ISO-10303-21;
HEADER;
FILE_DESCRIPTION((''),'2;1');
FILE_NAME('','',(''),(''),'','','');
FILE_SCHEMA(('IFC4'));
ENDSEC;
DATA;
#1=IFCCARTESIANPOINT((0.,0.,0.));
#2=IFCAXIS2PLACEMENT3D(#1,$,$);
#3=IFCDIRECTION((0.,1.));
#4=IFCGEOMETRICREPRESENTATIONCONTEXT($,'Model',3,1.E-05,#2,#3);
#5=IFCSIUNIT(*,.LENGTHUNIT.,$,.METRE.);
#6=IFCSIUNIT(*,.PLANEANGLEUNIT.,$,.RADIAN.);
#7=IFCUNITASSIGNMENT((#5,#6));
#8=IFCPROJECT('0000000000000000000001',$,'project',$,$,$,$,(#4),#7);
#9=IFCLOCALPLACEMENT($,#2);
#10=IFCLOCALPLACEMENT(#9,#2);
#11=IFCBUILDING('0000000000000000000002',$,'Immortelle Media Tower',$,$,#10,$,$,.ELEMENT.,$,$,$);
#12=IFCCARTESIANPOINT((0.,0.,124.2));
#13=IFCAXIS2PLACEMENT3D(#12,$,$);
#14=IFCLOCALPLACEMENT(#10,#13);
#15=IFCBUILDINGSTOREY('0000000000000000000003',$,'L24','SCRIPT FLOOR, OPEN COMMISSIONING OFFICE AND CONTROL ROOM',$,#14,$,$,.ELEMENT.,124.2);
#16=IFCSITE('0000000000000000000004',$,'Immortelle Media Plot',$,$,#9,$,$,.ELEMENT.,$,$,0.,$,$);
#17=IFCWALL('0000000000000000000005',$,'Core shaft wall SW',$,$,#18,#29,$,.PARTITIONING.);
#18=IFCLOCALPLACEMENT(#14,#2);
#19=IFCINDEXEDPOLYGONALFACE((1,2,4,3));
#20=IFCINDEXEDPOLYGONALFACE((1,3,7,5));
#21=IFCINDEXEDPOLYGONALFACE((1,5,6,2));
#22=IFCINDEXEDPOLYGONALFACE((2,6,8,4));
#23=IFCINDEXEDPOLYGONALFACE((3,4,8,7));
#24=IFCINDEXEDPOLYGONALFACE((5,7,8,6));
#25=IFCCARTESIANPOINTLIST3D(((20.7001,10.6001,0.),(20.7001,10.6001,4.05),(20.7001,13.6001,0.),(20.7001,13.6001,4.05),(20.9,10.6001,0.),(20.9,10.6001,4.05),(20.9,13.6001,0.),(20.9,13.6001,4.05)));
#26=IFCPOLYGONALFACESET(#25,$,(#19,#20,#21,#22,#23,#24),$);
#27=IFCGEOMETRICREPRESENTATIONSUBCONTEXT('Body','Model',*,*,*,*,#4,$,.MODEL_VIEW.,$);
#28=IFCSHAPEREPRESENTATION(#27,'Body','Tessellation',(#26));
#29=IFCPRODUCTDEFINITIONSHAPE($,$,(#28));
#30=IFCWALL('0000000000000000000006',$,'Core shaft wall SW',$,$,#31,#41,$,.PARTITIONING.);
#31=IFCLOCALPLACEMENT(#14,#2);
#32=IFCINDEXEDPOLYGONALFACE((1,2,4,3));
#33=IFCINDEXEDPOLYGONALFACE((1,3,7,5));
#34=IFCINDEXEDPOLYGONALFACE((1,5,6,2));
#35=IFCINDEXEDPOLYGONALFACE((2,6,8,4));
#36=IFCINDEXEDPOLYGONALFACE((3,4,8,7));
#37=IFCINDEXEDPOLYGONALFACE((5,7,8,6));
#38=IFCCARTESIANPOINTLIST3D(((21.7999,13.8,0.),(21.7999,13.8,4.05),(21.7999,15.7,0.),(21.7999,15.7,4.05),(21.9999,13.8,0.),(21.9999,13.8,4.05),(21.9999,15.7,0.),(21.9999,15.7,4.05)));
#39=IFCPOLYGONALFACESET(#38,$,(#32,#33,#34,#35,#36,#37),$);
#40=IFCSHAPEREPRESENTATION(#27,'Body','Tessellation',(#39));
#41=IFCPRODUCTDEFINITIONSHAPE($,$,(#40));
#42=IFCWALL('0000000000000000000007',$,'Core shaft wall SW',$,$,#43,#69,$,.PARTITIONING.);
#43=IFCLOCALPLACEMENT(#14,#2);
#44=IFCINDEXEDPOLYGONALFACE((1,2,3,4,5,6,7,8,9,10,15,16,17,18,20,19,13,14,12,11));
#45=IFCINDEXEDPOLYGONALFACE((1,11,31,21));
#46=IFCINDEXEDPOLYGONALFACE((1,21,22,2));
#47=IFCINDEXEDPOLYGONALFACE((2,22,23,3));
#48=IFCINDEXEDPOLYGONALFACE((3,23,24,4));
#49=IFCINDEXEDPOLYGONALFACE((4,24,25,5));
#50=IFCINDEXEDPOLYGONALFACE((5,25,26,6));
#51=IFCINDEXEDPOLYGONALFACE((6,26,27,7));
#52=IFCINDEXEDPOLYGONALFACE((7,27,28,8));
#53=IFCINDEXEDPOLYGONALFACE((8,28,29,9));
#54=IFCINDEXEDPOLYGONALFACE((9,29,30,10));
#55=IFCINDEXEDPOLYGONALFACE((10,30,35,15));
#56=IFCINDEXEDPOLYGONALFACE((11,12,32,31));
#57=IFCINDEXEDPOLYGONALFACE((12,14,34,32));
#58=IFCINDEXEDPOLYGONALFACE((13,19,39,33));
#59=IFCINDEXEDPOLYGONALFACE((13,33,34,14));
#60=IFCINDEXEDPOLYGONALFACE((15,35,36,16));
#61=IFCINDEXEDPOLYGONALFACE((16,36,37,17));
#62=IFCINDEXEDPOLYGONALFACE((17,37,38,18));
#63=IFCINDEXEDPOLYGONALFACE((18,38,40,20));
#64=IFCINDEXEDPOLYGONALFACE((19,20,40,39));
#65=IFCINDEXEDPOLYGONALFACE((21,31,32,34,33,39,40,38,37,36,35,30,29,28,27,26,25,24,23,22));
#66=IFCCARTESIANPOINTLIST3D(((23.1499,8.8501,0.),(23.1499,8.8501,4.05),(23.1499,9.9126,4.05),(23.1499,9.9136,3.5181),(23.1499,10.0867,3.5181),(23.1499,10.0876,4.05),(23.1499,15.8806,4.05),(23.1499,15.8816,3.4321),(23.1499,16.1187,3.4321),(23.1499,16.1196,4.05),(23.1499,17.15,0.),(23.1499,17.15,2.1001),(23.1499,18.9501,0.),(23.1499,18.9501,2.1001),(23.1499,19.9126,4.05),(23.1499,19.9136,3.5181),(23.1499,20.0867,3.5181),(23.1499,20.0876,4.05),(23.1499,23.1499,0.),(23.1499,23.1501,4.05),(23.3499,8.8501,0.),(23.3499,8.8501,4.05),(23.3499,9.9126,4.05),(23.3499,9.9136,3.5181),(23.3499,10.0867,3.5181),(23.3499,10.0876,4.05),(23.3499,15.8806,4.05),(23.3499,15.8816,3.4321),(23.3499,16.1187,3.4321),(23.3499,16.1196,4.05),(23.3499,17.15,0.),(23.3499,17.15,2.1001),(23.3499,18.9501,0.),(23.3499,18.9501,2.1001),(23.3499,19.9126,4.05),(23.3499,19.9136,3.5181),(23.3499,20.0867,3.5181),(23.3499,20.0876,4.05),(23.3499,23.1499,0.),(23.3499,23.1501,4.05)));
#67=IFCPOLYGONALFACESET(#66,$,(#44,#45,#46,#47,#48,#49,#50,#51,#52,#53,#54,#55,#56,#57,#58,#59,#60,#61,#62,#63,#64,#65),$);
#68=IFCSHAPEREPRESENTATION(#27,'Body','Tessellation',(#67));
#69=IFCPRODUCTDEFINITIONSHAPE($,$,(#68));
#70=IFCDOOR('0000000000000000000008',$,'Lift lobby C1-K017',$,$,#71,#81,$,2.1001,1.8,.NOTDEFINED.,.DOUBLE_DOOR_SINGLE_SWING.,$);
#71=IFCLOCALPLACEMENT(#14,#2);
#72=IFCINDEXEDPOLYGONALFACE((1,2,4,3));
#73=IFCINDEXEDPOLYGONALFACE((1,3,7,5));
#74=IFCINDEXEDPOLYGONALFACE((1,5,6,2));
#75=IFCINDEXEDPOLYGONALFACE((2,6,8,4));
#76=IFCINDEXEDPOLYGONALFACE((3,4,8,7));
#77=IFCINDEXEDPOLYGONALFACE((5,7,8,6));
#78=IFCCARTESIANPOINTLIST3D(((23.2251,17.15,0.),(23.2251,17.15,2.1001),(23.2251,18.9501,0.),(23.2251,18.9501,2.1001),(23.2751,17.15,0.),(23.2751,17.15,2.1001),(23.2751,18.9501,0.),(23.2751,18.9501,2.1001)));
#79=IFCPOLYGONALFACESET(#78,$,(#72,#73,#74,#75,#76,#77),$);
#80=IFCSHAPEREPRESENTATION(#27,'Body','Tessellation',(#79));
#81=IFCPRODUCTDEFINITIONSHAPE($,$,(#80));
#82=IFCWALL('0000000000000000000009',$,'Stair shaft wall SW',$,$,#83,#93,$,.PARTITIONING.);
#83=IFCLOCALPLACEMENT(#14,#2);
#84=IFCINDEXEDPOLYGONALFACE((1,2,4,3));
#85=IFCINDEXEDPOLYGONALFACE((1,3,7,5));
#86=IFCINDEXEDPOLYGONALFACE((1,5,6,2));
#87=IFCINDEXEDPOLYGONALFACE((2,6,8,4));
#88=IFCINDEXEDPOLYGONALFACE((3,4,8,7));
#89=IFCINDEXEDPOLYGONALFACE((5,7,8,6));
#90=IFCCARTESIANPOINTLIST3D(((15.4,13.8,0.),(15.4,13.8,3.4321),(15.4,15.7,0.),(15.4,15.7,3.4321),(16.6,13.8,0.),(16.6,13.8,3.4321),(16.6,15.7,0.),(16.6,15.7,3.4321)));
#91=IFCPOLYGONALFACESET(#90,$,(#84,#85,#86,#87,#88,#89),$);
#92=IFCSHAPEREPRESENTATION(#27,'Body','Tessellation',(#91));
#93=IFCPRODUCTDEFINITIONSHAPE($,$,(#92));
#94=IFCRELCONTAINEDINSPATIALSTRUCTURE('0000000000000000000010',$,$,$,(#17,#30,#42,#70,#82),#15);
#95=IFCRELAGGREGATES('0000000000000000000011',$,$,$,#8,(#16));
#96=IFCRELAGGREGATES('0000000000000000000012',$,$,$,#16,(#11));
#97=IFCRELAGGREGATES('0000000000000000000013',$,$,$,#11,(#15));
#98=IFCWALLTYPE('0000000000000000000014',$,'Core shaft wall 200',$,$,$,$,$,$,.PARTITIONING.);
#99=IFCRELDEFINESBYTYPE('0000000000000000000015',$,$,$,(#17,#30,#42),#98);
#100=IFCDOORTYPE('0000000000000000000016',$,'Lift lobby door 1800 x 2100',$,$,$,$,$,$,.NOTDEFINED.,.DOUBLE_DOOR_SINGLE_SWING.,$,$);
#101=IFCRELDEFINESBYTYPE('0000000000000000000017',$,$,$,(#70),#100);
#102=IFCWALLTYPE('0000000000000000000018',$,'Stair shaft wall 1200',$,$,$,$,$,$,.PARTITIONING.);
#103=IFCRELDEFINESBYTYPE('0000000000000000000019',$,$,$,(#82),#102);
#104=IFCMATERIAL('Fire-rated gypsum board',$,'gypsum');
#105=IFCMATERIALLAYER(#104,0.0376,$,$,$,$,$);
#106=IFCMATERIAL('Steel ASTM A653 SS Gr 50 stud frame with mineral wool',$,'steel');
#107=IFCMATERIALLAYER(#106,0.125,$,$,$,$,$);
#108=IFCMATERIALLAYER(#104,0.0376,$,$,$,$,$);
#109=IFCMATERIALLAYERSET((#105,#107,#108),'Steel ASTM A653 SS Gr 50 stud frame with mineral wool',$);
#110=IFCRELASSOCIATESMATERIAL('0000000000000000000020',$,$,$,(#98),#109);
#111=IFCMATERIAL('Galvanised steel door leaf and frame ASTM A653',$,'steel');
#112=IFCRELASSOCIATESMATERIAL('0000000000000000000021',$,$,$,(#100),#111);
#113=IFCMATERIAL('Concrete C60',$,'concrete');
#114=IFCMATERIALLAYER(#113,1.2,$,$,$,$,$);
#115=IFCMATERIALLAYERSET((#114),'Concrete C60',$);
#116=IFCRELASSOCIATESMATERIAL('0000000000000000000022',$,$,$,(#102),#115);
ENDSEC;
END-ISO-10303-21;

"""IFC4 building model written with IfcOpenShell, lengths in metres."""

from ifc_helpers import new_model, si_unit, direction, frame, frame_2d, origin, place, context, subcontext, project, spatial, polyline, rectangle, outline, extrude, material, layer, layer_set, type_object, element, fill, save


model = new_model("IFC4")

# Units and contexts
model_context = context("Model", 3, precision=1e-05, world=origin(), true_north=direction((0.0, 1.0)))
body_context = subcontext(model_context, "Body", "Model", "MODEL_VIEW")
ifc_project = project(units=[si_unit("LENGTHUNIT", "METRE"), si_unit("PLANEANGLEUNIT", "RADIAN")], contexts=[model_context])

# Site, building, storey
site_placement = place(None, origin())
site = spatial("IfcSite", under=ifc_project, at=site_placement, Name="Immortelle Media Plot", CompositionType="ELEMENT", RefElevation=0.0)
building_placement = place(site_placement, origin())
building = spatial("IfcBuilding", under=site, at=building_placement, Name="Immortelle Media Tower", CompositionType="ELEMENT")
storey_placement = place(building_placement, frame((0.0, 0.0, 124.2)))
storey = spatial("IfcBuildingStorey", under=building, at=storey_placement, Name="L24", Description="SCRIPT FLOOR, OPEN COMMISSIONING OFFICE AND CONTROL ROOM", CompositionType="ELEMENT", Elevation=124.2)

# Shared definitions
ifc_material_1 = material(Name="Galvanised steel door leaf and frame ASTM A653", Category="steel")

# Walls
ifc_material_2 = material(Name="Fire-rated gypsum board", Category="gypsum")
ifc_layer_1 = layer(ifc_material_2, 0.0376)
ifc_material_3 = material(Name="Steel ASTM A653 SS Gr 50 stud frame with mineral wool", Category="steel")
ifc_layer_2 = layer(ifc_material_3, 0.125)
ifc_layer_3 = layer(ifc_material_2, 0.0376)
ifc_layer_set_1 = layer_set([ifc_layer_1, ifc_layer_2, ifc_layer_3], Name="Steel ASTM A653 SS Gr 50 stud frame with mineral wool")
wall_type_1 = type_object("IfcWallType", Name="Core shaft wall 200", PredefinedType="PARTITIONING", material=ifc_layer_set_1)
wall_1_placement = place(storey_placement, frame((20.8, 10.6001, 0.0), z_axis=(0.0, 0.0, 1.0), x_axis=(0.0, 1.0, 0.0)))
element("IfcWall", 1, at=wall_1_placement, inside=storey, type_object=wall_type_1, Name="Core shaft wall SW", PredefinedType="PARTITIONING", context=body_context, shape_type="SweptSolid", body=[
    extrude(rectangle(XDim=3.0, YDim=0.2, at=frame_2d((1.5, 0.0))), origin(), (0.0, 0.0, 1.0), 4.05),
])
wall_2_placement = place(storey_placement, frame((21.8999, 13.8, 0.0), z_axis=(0.0, 0.0, 1.0), x_axis=(0.0, 1.0, 0.0)))
element("IfcWall", 2, at=wall_2_placement, inside=storey, type_object=wall_type_1, Name="Core shaft wall SW", PredefinedType="PARTITIONING", context=body_context, shape_type="SweptSolid", body=[
    extrude(rectangle(XDim=1.8999, YDim=0.2, at=frame_2d((0.95, 0.0))), origin(), (0.0, 0.0, 1.0), 4.05),
])

# Wall, opening, door
wall_3_placement = place(storey_placement, frame((23.25, 8.8501, 0.0), z_axis=(0.0, 0.0, 1.0), x_axis=(0.0, 1.0, 0.0)))
wall_3 = element("IfcWall", 3, at=wall_3_placement, inside=storey, type_object=wall_type_1, Name="Core shaft wall SW", PredefinedType="PARTITIONING", context=body_context, shape_type="SweptSolid", body=[
    extrude(outline(polyline([(0.0, 0.0), (14.2998, 0.0), (14.3, 4.05), (11.2375, 4.05), (11.2366, 3.5181), (11.0635, 3.5181), (11.0625, 4.05), (7.2695, 4.05), (7.2686, 3.4321), (7.0315, 3.4321), (7.0305, 4.05), (1.2375, 4.05), (1.2366, 3.5181), (1.0635, 3.5181), (1.0625, 4.05), (0.0, 4.05), (0.0, 0.0)])), frame((0.0, 0.1001, 0.0), z_axis=(0.0, -1.0, 0.0), x_axis=(1.0, 0.0, 0.0)), (0.0, 0.0, 1.0), 0.2),
])
opening_1_placement = place(wall_3_placement, frame((8.3, 0.0, 0.0)))
opening_1 = element("IfcOpeningElement", 4, at=opening_1_placement, cuts=wall_3, PredefinedType="OPENING", context=body_context, shape_type="SweptSolid", body=[
    extrude(rectangle(XDim=1.8, YDim=2.1001, at=frame_2d((0.8999, 1.05))), frame((0.0, 0.1099, 0.0), z_axis=(0.0, -1.0, 0.0), x_axis=(1.0, 0.0, 0.0)), (0.0, 0.0, 1.0), 0.22),
])
door_type_1 = type_object("IfcDoorType", Name="Lift lobby door 1800 x 2100", OperationType="DOUBLE_DOOR_SINGLE_SWING", PredefinedType="NOTDEFINED", material=ifc_material_1)
door_1_placement = place(opening_1_placement, origin())
door_1 = element("IfcDoor", 5, at=door_1_placement, inside=storey, type_object=door_type_1, Name="Lift lobby C1-K017", OperationType="DOUBLE_DOOR_SINGLE_SWING", OverallHeight=2.1001, OverallWidth=1.8, PredefinedType="NOTDEFINED", context=body_context, shape_type="SweptSolid", body=[
    extrude(rectangle(XDim=1.8, YDim=2.1001, at=frame_2d((0.8999, 1.05))), frame((0.0, 0.0249, 0.0), z_axis=(0.0, -1.0, 0.0), x_axis=(1.0, 0.0, 0.0)), (0.0, 0.0, 1.0), 0.05),
])
fill(opening_1, door_1)

# Wall
ifc_material_4 = material(Name="Concrete C60", Category="concrete")
ifc_layer_4 = layer(ifc_material_4, 1.2)
ifc_layer_set_2 = layer_set([ifc_layer_4], Name="Concrete C60")
wall_type_2 = type_object("IfcWallType", Name="Stair shaft wall 1200", PredefinedType="PARTITIONING", material=ifc_layer_set_2)
wall_4_placement = place(storey_placement, frame((16.0, 13.8, 0.0), z_axis=(0.0, 0.0, 1.0), x_axis=(0.0, 1.0, 0.0)))
element("IfcWall", 6, at=wall_4_placement, inside=storey, type_object=wall_type_2, Name="Stair shaft wall SW", PredefinedType="PARTITIONING", context=body_context, shape_type="SweptSolid", body=[
    extrude(rectangle(XDim=1.8999, YDim=1.2, at=frame_2d((0.95, 0.0))), origin(), (0.0, 0.0, 1.0), 3.4321),
])

save(model, "model.ifc")
